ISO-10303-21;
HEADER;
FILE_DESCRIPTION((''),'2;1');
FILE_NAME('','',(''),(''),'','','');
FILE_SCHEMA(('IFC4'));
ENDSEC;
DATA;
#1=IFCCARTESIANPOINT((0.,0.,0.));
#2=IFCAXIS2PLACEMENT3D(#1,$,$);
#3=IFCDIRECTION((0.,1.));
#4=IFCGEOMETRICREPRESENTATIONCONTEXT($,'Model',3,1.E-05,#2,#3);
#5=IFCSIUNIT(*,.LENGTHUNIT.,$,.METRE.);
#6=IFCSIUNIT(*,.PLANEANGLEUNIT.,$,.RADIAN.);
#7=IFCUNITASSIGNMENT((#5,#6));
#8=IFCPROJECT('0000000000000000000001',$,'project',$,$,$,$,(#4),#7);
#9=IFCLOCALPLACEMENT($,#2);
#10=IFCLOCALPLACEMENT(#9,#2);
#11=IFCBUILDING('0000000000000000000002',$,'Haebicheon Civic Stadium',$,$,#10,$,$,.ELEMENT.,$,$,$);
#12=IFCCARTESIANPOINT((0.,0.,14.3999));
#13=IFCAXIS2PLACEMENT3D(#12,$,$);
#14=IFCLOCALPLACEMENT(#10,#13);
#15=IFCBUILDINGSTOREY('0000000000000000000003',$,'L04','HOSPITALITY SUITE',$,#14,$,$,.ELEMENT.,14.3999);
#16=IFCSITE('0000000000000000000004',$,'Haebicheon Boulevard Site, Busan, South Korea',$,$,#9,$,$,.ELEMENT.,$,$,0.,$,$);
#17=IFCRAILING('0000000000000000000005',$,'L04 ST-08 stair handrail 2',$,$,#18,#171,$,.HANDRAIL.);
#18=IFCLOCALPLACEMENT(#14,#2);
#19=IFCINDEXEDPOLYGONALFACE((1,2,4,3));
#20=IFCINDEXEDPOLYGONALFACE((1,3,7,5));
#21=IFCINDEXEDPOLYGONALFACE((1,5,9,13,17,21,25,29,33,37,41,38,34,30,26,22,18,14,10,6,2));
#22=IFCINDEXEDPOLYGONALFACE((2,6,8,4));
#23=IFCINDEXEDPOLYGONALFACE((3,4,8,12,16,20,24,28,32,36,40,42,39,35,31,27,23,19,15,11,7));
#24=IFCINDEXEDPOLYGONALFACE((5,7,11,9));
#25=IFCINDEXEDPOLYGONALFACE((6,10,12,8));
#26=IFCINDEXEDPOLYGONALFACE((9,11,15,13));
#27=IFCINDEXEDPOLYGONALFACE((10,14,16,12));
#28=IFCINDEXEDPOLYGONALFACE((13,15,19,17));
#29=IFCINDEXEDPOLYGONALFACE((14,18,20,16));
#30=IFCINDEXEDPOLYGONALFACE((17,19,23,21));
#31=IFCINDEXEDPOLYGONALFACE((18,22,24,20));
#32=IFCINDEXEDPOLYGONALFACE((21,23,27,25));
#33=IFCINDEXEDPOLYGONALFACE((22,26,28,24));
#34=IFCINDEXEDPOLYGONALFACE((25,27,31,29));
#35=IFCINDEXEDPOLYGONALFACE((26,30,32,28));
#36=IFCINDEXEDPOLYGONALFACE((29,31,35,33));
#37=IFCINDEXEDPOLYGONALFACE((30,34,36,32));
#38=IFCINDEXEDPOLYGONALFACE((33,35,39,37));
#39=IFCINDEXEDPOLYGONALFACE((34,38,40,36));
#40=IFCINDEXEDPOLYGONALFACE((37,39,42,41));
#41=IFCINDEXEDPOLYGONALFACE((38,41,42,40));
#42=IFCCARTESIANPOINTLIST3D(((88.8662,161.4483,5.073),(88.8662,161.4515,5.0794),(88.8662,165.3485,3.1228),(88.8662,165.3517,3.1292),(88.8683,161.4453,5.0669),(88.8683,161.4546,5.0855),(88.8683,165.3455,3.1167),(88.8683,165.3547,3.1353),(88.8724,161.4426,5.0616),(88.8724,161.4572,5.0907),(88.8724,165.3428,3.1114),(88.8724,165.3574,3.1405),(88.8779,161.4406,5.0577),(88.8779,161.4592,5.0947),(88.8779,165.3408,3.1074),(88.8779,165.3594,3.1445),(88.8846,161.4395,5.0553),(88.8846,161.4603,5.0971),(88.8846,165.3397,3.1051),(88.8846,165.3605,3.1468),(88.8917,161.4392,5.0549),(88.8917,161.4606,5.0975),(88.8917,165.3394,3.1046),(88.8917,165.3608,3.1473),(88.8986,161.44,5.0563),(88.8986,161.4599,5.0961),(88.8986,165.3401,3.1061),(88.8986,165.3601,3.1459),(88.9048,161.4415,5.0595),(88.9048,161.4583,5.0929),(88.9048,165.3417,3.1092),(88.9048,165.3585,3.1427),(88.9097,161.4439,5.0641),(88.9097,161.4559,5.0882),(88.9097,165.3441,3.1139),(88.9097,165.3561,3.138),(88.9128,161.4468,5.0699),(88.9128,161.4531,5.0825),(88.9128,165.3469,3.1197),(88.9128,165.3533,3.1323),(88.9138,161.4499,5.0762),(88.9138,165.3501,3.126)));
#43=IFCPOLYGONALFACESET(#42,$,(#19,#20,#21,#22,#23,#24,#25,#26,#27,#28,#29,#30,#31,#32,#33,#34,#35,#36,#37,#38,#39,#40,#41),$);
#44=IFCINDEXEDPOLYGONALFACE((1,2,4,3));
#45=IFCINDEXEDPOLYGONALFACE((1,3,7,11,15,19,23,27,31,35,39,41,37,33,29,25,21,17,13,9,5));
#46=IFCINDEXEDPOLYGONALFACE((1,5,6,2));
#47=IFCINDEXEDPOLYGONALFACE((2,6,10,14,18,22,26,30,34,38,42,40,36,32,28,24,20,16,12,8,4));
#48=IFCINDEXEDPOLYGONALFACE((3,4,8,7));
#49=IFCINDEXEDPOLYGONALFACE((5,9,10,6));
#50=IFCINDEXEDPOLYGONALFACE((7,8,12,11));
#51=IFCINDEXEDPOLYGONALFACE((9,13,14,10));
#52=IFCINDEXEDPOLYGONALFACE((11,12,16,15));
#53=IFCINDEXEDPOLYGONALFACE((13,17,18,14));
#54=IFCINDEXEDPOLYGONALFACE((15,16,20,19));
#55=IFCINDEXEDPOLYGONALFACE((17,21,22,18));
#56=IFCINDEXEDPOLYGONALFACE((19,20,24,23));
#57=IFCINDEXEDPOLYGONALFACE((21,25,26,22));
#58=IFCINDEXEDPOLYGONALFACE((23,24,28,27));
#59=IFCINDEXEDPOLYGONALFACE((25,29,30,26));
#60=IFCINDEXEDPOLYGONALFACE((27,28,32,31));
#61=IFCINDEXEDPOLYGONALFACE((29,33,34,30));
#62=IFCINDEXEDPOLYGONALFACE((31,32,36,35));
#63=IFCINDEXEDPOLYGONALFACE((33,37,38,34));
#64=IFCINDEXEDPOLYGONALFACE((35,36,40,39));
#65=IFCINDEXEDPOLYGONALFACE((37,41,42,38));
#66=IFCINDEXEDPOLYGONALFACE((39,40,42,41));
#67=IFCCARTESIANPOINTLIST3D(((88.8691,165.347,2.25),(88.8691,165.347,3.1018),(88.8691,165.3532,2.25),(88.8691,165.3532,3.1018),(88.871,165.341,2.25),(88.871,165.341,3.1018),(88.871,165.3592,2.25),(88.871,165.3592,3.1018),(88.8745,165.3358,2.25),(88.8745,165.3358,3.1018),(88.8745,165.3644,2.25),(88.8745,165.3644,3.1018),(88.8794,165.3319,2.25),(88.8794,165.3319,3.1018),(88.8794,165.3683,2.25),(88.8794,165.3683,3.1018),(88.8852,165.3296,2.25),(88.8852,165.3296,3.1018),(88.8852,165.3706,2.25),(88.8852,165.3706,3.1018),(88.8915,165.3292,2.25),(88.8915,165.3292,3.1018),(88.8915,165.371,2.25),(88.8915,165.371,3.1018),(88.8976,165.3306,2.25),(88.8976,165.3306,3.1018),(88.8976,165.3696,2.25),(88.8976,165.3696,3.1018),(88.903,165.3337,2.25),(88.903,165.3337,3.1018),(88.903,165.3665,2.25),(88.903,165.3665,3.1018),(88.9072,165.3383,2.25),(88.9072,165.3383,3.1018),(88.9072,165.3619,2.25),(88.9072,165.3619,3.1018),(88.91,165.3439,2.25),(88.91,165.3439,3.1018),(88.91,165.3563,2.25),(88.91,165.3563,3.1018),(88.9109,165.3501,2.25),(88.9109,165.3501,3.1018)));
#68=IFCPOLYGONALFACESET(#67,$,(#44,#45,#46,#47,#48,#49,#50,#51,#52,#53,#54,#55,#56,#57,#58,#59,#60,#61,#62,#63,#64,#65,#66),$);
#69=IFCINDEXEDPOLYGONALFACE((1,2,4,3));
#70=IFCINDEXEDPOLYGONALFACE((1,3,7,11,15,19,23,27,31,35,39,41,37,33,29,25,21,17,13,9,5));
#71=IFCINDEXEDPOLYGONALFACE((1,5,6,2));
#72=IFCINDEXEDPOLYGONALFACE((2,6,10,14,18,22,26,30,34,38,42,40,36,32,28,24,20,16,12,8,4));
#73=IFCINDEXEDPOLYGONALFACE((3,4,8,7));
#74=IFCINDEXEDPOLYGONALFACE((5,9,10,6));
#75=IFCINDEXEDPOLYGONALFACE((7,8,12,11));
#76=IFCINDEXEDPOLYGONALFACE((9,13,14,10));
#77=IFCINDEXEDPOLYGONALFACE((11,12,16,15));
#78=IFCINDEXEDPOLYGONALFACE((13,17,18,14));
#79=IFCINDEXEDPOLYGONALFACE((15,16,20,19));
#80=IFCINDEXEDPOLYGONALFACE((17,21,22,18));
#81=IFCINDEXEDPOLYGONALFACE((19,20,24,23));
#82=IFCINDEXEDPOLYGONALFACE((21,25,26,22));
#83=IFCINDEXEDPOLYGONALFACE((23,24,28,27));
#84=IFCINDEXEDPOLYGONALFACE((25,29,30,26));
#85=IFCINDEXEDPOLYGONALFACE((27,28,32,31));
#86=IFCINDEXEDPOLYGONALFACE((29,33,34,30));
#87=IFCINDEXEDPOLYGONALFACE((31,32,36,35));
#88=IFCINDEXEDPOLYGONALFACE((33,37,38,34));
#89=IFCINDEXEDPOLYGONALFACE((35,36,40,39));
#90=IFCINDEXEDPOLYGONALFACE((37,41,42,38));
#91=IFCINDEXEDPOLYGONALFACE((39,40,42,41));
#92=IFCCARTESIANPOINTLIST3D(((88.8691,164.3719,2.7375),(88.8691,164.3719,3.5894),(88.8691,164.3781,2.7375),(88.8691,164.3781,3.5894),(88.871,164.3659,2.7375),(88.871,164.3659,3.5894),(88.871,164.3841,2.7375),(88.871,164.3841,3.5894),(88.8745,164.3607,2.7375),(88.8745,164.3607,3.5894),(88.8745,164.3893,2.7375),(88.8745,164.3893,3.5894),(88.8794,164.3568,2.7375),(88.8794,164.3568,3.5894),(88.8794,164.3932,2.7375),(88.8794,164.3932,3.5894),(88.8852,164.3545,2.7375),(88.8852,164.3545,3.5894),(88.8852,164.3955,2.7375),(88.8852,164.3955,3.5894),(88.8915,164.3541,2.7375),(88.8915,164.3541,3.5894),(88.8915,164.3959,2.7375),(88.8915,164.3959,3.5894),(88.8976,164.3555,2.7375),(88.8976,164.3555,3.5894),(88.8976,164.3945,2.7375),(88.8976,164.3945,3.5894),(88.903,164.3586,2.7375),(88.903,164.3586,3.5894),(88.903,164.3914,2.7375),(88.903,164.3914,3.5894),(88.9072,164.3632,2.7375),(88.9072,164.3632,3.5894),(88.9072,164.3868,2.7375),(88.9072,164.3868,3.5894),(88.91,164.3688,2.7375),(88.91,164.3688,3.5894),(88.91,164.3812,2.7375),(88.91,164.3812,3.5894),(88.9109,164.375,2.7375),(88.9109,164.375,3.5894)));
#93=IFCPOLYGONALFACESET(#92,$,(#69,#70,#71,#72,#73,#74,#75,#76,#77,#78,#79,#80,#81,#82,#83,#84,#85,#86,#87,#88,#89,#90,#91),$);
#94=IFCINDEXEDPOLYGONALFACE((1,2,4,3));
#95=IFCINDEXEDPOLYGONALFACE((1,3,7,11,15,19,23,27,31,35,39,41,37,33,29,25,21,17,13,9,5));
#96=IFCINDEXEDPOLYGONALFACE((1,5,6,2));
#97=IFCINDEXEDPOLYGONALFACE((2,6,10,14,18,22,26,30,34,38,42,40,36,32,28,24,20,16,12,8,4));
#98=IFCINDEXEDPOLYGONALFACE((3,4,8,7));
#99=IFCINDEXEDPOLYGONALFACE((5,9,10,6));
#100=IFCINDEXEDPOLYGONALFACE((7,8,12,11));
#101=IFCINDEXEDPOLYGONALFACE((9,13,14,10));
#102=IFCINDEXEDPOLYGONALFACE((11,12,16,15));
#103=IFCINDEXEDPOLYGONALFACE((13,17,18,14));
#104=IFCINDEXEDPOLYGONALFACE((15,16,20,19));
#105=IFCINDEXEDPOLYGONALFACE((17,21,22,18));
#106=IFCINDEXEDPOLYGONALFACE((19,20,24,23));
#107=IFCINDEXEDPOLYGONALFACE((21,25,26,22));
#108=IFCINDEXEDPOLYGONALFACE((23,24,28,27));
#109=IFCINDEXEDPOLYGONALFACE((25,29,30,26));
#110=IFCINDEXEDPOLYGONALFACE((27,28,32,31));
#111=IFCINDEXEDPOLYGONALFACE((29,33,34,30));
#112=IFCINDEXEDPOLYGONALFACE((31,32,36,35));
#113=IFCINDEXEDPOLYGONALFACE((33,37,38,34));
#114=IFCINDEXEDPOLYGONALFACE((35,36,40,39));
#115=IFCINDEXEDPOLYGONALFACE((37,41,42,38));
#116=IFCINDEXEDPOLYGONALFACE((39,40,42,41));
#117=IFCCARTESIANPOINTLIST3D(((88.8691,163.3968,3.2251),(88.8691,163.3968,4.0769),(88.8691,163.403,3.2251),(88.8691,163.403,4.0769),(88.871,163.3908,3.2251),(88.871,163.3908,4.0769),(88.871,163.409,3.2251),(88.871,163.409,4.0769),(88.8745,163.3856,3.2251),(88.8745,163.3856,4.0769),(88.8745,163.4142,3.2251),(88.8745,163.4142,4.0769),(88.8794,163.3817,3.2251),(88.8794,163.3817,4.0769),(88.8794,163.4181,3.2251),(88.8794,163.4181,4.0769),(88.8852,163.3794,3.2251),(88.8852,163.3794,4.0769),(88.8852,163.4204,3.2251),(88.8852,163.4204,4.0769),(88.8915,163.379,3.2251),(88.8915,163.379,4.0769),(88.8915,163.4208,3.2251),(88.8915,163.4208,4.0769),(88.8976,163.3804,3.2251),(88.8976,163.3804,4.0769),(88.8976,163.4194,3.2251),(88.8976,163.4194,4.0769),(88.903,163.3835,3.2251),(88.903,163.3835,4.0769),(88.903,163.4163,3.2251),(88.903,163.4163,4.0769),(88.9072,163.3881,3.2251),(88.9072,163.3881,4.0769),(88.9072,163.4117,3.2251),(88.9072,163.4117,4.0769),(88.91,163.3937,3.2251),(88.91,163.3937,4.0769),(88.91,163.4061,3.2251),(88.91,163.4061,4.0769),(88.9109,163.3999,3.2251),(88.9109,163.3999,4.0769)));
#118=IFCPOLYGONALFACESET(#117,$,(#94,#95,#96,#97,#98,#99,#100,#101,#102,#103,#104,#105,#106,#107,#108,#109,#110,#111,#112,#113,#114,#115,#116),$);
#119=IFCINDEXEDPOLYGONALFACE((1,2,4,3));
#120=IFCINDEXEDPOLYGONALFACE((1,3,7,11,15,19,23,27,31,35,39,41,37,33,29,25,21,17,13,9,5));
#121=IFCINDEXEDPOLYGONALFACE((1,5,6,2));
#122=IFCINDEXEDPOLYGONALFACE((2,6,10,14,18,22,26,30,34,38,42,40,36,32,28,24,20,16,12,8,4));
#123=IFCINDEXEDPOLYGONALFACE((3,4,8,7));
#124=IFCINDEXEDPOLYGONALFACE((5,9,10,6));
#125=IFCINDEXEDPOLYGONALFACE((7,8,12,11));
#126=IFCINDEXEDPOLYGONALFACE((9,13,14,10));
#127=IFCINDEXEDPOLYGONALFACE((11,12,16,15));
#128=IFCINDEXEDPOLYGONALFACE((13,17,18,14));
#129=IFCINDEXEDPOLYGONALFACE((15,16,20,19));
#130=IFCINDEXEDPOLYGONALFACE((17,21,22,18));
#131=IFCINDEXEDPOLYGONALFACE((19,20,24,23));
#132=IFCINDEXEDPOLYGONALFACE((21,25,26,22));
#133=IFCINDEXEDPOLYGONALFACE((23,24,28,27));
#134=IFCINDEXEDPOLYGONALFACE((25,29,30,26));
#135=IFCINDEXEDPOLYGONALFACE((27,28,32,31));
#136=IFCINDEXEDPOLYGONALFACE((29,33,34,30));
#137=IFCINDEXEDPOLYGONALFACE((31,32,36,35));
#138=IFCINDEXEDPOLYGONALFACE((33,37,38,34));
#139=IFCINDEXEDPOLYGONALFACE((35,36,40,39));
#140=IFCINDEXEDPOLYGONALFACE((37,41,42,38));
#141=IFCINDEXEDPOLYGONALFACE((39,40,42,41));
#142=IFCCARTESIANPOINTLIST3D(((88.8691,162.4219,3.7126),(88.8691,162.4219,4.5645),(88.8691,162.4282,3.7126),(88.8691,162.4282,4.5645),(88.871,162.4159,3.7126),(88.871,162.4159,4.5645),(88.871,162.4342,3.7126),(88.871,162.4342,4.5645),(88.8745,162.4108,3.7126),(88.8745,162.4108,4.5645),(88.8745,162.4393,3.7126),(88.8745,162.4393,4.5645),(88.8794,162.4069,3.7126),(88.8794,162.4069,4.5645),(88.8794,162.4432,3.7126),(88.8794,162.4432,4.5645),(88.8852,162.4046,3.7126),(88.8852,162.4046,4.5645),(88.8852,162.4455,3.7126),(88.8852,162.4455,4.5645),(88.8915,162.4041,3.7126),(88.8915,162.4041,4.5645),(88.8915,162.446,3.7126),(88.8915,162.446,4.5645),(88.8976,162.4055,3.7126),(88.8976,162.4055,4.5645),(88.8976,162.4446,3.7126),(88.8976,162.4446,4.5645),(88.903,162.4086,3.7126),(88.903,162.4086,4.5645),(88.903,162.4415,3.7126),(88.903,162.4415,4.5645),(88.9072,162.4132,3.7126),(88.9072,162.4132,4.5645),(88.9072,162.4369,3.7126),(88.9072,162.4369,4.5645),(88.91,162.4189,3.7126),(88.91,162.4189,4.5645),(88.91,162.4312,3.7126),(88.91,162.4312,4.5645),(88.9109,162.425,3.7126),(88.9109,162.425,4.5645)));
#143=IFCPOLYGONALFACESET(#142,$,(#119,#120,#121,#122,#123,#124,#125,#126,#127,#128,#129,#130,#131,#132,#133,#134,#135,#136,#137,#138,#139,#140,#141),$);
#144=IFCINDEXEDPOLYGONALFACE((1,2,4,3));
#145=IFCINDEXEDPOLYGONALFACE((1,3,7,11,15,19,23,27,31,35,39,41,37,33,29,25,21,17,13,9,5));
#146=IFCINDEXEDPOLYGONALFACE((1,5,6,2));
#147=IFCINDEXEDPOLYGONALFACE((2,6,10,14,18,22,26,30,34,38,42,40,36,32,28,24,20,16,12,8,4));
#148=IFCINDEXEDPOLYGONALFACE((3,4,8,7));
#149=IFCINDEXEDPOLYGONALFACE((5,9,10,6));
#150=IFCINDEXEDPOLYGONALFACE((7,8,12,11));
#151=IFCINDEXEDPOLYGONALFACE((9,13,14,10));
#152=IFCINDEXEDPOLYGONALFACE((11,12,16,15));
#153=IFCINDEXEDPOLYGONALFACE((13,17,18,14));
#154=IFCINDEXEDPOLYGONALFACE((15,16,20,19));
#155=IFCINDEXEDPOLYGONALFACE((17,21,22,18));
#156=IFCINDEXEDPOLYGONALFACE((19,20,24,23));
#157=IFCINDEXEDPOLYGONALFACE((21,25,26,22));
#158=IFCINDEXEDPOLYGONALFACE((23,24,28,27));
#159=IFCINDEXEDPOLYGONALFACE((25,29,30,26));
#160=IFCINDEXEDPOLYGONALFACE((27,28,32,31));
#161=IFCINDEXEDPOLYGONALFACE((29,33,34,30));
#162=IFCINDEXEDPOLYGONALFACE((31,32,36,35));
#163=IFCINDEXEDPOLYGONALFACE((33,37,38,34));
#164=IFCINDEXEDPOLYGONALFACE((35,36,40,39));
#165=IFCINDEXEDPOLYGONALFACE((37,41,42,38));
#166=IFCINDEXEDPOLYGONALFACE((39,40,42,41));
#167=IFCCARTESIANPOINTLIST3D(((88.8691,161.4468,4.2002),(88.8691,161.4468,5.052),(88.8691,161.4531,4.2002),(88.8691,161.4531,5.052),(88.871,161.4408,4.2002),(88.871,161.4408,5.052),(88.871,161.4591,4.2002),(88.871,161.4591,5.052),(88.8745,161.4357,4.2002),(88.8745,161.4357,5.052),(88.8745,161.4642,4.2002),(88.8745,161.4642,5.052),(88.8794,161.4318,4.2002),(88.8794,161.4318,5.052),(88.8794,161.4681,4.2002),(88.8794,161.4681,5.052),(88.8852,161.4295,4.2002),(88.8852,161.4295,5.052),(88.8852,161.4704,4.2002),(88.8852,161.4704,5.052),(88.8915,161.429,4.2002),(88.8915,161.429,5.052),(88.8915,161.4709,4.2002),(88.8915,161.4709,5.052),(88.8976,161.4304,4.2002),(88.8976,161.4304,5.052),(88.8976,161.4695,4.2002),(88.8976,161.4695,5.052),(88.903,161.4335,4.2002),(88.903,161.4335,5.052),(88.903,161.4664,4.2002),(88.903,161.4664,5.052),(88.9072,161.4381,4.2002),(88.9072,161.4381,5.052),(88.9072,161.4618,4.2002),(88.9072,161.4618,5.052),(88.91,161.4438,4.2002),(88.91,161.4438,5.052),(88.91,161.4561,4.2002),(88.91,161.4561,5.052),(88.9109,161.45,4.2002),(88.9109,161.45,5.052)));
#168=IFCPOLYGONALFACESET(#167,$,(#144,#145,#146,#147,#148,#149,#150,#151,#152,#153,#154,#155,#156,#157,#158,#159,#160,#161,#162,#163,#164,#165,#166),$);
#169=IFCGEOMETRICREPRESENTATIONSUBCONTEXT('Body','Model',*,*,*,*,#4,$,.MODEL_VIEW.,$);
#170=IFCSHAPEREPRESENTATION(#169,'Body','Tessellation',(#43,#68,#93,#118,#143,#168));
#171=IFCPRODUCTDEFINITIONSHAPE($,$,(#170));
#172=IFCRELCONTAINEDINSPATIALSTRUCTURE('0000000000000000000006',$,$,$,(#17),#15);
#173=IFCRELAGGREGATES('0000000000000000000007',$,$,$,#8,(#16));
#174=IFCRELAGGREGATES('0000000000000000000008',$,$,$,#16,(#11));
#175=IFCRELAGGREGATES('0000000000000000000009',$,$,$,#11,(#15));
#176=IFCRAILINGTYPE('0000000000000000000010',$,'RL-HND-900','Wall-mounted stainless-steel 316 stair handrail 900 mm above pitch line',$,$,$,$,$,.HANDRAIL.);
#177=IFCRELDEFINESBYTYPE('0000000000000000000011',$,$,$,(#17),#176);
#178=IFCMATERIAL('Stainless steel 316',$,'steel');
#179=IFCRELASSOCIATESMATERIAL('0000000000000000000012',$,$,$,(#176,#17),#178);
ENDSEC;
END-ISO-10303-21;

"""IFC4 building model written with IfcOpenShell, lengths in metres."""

from ifc_helpers import new_model, si_unit, direction, frame, origin, origin_2d, place, context, subcontext, project, spatial, circle, extrude, material, type_object, element, save


model = new_model("IFC4")

# Units and contexts
model_context = context("Model", 3, precision=1e-05, world=origin(), true_north=direction((0.0, 1.0)))
body_context = subcontext(model_context, "Body", "Model", "MODEL_VIEW")
ifc_project = project(units=[si_unit("LENGTHUNIT", "METRE"), si_unit("PLANEANGLEUNIT", "RADIAN")], contexts=[model_context])

# Site, building, storey
site_placement = place(None, origin())
site = spatial("IfcSite", under=ifc_project, at=site_placement, Name="Haebicheon Boulevard Site, Busan, South Korea", CompositionType="ELEMENT", RefElevation=0.0)
building_placement = place(site_placement, origin())
building = spatial("IfcBuilding", under=site, at=building_placement, Name="Haebicheon Civic Stadium", CompositionType="ELEMENT")
storey_placement = place(building_placement, frame((0.0, 0.0, 14.3999)))
storey = spatial("IfcBuildingStorey", under=building, at=storey_placement, Name="L04", Description="HOSPITALITY SUITE", CompositionType="ELEMENT", Elevation=14.3999)

# Railing
ifc_material_1 = material(Name="Stainless steel 316", Category="steel")
railing_type_1 = type_object("IfcRailingType", Name="RL-HND-900", Description="Wall-mounted stainless-steel 316 stair handrail 900 mm above pitch line", PredefinedType="HANDRAIL", material=ifc_material_1)
railing_1_placement = place(storey_placement, frame((88.8899, 165.3501, 2.25)))
element("IfcRailing", 1, at=railing_1_placement, inside=storey, type_object=railing_type_1, material=ifc_material_1, Name="L04 ST-08 stair handrail 2", PredefinedType="HANDRAIL", context=body_context, shape_type="SweptSolid", body=[
    extrude(circle(Radius=0.0239, at=origin_2d()), frame((0.0, 0.0, 0.876), z_axis=(0.0, -0.894416, 0.447236), x_axis=(1.0, 0.0, 0.0)), (0.0, 0.0, 1.0), 4.3606),
    extrude(circle(Radius=0.021, at=origin_2d()), origin(), (0.0, 0.0, 1.0), 0.8518),
    extrude(circle(Radius=0.021, at=origin_2d()), frame((0.0, -0.9751, 0.4875)), (0.0, 0.0, 1.0), 0.8518),
    extrude(circle(Radius=0.021, at=origin_2d()), frame((0.0, -1.9502, 0.9751)), (0.0, 0.0, 1.0), 0.8518),
    extrude(circle(Radius=0.021, at=origin_2d()), frame((0.0, -2.925, 1.4626)), (0.0, 0.0, 1.0), 0.8518),
    extrude(circle(Radius=0.021, at=origin_2d()), frame((0.0, -3.9001, 1.9502)), (0.0, 0.0, 1.0), 0.8518),
])

save(model, "model.ifc")
